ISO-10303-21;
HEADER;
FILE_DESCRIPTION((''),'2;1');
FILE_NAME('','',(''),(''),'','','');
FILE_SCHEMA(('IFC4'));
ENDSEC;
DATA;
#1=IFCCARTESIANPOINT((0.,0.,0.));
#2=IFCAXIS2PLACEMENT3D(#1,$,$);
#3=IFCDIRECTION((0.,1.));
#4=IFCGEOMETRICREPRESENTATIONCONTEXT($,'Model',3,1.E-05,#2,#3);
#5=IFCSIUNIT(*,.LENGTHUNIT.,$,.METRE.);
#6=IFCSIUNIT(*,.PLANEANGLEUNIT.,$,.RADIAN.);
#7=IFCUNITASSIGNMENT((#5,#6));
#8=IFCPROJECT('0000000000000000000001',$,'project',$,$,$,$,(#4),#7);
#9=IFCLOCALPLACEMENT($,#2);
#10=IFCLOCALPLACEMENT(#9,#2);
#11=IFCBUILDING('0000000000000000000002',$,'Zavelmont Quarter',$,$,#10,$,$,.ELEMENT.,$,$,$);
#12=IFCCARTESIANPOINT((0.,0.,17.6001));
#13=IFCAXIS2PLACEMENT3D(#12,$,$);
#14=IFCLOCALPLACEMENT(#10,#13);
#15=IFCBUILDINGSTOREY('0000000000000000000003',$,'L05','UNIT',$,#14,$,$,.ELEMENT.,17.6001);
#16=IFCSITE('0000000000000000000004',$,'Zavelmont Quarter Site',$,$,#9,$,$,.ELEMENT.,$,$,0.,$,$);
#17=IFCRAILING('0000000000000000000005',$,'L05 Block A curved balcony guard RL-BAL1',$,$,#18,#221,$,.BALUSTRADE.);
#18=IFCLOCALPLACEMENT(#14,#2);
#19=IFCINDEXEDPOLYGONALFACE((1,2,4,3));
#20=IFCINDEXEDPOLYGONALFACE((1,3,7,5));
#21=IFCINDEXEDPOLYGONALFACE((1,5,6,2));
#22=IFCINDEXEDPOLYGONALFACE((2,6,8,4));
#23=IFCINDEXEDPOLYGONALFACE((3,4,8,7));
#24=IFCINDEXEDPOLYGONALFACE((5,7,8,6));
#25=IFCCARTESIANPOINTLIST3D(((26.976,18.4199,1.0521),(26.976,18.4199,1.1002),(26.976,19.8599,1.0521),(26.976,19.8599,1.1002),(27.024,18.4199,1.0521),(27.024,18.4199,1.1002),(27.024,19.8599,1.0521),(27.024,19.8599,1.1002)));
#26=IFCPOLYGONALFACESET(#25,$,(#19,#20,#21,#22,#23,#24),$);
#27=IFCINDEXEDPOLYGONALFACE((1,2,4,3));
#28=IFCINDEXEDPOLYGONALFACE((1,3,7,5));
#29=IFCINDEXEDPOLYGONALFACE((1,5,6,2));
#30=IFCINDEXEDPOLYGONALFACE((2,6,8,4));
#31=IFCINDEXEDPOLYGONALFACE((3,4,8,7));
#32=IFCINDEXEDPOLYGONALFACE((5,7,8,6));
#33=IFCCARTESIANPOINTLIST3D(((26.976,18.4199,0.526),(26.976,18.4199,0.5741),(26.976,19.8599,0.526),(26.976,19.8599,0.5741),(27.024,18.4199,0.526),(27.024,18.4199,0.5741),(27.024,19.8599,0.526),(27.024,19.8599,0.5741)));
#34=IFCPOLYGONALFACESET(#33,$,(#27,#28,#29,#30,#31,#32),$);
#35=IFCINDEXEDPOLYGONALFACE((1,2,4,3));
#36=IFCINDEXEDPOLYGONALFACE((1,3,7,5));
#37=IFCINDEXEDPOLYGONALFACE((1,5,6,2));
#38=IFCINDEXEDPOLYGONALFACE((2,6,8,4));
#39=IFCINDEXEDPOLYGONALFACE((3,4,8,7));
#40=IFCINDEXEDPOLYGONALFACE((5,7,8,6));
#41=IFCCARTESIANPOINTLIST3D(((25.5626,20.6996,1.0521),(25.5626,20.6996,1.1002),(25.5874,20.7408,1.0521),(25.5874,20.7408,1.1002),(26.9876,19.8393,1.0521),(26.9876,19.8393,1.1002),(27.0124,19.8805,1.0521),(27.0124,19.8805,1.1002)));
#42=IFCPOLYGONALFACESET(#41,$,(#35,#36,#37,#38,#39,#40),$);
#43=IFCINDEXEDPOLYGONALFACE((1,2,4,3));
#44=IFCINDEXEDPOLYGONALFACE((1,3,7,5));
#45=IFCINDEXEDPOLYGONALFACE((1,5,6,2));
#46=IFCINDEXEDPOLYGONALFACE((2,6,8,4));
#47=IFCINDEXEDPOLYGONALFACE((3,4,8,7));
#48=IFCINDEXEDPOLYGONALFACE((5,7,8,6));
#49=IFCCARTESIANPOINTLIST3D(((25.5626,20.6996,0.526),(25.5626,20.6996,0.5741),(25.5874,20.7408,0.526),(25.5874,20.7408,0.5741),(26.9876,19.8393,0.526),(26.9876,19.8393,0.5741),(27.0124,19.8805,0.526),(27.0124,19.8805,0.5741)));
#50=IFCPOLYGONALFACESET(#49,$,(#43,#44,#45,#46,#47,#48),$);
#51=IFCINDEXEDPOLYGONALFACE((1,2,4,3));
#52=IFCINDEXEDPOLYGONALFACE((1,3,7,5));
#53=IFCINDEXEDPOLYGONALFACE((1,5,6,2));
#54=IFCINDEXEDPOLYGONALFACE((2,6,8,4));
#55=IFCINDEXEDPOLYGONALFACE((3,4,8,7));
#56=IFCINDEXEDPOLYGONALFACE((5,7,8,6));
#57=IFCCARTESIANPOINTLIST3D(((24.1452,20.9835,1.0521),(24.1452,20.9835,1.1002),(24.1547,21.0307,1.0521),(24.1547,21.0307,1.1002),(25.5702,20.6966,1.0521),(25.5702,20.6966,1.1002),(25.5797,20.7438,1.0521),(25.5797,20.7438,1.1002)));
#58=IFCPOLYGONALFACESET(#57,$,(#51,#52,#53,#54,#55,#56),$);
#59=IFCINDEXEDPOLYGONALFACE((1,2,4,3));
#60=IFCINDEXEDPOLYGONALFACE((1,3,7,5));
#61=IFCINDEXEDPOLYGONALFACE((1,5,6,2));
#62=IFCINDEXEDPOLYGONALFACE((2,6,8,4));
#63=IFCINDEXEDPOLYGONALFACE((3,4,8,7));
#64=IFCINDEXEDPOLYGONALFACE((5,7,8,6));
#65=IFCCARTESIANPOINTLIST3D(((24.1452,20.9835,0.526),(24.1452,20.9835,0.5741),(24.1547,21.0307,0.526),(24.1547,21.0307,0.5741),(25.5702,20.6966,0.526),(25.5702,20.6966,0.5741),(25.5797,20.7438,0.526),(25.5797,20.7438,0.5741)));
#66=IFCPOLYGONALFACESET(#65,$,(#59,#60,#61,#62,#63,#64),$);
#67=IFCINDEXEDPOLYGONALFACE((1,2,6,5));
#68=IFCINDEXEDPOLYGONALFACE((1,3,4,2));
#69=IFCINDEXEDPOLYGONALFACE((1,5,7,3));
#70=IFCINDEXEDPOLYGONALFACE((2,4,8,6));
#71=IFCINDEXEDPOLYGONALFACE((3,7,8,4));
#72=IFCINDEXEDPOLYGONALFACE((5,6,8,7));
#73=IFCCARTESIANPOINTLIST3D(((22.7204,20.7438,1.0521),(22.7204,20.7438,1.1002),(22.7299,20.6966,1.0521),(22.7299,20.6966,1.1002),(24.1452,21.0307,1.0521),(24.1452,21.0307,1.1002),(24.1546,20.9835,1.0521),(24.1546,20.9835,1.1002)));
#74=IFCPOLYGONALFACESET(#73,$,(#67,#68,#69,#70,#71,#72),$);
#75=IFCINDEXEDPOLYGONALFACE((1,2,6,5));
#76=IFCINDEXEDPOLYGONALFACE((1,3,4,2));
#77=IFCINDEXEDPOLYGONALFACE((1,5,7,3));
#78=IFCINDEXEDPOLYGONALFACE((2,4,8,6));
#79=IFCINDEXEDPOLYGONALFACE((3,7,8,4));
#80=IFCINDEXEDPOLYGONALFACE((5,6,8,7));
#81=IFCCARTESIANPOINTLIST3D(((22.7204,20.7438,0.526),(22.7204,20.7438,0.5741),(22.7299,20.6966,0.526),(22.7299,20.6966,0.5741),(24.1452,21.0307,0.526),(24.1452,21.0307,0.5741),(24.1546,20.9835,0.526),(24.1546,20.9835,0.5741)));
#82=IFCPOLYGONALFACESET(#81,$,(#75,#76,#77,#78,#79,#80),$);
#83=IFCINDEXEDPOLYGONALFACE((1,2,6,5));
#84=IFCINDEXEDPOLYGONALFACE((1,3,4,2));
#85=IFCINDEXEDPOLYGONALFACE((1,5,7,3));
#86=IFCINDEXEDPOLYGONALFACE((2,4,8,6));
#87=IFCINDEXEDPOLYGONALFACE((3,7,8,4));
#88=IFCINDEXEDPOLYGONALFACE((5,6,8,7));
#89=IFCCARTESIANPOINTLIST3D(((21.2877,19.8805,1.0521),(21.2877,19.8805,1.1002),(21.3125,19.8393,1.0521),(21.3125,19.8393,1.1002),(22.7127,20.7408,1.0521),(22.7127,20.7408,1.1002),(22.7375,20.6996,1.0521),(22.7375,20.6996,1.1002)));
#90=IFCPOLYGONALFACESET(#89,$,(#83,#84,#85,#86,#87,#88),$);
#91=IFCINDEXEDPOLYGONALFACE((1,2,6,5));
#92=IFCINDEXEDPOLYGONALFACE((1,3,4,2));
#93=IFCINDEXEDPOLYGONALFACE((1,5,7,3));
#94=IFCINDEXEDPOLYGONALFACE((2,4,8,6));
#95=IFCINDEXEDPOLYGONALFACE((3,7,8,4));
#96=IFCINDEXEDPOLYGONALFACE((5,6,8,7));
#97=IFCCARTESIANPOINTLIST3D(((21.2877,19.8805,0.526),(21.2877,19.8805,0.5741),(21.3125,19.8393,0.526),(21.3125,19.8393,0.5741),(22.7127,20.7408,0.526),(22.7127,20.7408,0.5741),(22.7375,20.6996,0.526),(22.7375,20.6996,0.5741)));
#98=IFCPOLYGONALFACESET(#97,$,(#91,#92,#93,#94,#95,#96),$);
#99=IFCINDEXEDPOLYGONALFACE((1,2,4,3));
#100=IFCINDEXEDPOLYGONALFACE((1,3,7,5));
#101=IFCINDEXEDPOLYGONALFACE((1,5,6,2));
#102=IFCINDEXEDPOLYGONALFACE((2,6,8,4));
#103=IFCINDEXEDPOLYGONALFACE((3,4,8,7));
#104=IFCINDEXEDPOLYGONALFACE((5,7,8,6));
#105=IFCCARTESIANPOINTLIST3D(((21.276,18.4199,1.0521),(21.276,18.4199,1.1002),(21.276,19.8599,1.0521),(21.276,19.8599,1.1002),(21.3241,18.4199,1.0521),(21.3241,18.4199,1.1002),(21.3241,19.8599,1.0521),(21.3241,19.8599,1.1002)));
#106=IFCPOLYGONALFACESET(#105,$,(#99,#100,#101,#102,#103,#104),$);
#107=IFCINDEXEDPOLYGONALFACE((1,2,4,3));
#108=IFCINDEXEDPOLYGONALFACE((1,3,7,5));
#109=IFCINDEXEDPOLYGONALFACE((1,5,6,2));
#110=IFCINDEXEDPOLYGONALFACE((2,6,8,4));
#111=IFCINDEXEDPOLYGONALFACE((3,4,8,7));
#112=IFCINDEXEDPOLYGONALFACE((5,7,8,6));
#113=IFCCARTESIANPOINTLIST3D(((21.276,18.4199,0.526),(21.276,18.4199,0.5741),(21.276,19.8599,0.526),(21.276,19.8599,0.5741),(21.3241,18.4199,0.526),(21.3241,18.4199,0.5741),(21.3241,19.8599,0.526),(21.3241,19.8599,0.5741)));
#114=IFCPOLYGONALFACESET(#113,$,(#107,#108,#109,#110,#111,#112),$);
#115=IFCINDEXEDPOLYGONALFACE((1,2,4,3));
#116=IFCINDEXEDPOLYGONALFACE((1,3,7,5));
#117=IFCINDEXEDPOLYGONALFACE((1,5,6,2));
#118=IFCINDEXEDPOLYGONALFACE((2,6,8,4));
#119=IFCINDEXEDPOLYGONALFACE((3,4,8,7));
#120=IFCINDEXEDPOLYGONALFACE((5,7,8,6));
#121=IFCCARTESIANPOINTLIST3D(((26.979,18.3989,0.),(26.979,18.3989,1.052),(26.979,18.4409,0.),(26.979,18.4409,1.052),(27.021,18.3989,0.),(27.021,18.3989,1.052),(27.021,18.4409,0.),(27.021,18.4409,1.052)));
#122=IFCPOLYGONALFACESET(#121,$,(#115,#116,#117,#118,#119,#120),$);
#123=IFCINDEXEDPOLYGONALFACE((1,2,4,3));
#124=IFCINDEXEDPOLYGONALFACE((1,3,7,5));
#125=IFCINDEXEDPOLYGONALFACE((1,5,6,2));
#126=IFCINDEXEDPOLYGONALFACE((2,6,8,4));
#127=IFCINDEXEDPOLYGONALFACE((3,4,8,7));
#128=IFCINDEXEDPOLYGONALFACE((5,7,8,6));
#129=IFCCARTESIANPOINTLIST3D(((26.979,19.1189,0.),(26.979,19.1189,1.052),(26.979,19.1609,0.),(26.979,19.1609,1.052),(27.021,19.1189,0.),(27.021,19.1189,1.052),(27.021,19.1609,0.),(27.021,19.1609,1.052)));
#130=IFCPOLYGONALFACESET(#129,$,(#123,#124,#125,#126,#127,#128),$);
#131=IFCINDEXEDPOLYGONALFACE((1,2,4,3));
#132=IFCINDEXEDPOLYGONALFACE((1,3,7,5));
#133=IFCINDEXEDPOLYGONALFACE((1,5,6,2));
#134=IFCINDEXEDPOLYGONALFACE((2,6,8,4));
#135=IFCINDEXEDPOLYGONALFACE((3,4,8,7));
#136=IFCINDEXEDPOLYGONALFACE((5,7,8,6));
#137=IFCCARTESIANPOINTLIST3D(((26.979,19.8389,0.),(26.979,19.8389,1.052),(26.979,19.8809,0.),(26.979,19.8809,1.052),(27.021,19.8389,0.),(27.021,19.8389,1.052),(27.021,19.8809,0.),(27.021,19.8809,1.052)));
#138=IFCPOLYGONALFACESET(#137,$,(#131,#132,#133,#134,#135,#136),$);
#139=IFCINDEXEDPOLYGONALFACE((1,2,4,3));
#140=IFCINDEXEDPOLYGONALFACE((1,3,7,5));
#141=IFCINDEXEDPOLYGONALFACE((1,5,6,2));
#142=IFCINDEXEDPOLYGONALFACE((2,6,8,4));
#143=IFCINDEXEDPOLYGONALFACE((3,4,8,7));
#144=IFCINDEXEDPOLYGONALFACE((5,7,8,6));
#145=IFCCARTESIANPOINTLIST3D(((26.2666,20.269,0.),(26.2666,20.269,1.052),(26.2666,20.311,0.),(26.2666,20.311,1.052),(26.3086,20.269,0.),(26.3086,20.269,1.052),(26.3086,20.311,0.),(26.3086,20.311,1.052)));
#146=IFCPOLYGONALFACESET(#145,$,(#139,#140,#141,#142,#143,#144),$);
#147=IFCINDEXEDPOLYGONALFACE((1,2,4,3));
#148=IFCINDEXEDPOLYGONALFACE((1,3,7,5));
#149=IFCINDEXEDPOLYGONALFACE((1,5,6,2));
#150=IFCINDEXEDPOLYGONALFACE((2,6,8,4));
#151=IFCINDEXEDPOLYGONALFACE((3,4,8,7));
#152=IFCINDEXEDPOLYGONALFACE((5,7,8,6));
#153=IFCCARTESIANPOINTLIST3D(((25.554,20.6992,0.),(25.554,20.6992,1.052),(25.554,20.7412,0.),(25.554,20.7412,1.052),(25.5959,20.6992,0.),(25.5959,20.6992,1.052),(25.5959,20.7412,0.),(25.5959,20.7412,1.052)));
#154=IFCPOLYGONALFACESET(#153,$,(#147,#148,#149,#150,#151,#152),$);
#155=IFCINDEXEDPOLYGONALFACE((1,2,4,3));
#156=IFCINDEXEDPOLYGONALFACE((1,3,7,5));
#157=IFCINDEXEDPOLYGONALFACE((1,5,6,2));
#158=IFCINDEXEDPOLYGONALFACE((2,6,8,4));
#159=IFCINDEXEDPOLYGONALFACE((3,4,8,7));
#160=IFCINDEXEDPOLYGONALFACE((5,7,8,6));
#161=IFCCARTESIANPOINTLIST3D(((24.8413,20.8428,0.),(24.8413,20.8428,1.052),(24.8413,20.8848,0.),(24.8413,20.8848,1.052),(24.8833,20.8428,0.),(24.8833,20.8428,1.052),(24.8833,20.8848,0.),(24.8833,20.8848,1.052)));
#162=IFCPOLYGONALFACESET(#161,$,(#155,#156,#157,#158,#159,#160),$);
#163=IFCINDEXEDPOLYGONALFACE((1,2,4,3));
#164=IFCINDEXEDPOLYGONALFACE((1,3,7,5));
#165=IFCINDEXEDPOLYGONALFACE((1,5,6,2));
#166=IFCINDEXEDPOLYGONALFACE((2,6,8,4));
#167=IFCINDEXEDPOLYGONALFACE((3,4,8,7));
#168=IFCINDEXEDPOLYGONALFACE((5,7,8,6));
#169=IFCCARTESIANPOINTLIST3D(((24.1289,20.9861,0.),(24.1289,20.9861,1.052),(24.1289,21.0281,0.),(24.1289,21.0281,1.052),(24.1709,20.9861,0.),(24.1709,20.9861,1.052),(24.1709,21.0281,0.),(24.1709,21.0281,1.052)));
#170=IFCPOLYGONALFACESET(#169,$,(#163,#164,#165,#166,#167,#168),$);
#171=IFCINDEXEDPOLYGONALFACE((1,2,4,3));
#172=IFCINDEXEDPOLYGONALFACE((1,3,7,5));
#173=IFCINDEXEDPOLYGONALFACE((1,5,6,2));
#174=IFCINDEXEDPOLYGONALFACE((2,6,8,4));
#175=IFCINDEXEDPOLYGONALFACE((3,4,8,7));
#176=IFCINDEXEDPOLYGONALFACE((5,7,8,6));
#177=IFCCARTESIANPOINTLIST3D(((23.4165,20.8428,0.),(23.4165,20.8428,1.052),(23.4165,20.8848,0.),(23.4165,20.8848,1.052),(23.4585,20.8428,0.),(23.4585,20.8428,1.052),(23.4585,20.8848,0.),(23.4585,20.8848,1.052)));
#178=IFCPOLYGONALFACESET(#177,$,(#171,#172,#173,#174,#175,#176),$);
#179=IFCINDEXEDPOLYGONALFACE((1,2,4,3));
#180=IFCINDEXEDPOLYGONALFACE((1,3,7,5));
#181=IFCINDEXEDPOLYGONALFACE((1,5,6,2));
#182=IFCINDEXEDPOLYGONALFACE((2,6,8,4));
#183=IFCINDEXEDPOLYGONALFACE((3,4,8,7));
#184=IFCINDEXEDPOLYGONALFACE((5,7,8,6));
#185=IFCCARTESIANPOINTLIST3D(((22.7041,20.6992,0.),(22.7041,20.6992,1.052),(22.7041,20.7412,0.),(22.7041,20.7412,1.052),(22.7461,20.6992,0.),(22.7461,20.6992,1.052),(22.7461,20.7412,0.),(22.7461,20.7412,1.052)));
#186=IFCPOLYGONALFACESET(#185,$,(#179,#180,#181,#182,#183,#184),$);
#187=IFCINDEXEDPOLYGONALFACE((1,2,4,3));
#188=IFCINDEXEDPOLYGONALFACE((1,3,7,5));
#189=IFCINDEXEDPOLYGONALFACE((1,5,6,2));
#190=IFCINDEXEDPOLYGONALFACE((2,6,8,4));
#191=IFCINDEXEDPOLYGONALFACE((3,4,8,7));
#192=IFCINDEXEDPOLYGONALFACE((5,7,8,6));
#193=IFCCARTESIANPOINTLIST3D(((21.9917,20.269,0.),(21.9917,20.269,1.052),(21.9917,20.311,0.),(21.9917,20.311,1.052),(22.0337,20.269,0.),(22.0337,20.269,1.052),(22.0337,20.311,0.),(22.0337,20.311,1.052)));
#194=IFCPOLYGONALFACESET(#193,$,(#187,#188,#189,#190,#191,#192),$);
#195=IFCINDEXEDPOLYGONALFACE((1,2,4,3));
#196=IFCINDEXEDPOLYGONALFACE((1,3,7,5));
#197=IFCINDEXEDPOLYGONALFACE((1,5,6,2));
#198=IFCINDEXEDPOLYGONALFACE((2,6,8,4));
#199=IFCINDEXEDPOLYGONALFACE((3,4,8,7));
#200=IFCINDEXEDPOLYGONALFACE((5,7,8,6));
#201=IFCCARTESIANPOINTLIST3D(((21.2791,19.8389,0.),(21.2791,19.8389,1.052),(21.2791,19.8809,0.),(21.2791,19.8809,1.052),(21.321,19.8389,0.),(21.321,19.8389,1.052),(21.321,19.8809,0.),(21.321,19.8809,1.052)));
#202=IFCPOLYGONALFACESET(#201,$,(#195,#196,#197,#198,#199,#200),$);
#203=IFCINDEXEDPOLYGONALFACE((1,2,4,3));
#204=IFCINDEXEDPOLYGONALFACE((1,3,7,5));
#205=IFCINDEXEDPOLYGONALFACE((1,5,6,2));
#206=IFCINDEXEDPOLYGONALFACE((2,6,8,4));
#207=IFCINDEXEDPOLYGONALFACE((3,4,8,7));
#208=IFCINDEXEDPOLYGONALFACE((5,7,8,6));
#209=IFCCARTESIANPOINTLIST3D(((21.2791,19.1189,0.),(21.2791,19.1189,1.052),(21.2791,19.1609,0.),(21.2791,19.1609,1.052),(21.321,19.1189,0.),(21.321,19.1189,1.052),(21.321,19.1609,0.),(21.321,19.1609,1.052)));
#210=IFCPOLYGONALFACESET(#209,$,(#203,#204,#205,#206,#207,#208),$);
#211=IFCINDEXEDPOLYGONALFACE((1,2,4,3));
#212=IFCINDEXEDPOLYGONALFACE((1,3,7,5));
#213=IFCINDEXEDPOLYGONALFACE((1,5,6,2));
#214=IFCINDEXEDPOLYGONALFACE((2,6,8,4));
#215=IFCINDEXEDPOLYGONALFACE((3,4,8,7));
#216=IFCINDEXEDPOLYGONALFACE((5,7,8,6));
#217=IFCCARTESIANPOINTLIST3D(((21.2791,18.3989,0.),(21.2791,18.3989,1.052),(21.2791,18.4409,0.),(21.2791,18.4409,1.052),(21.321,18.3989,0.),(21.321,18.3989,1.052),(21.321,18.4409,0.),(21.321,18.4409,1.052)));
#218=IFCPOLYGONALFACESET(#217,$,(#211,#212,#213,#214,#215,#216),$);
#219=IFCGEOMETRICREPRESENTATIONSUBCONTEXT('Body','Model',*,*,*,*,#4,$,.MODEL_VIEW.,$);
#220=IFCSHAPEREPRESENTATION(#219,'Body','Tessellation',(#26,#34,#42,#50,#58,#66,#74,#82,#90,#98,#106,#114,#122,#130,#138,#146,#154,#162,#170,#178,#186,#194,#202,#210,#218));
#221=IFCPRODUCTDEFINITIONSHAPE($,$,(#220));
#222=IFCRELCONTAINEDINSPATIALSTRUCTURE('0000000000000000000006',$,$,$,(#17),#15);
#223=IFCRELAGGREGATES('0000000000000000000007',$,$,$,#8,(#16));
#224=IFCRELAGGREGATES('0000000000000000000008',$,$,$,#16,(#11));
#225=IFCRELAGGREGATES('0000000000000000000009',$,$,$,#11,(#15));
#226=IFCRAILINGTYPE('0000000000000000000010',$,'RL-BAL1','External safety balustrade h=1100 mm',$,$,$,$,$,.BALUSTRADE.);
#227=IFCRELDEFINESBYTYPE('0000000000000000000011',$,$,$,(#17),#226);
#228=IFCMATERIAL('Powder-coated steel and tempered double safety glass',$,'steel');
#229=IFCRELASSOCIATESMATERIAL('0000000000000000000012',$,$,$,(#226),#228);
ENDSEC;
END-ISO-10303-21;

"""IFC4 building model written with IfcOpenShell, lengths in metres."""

from ifc_helpers import new_model, si_unit, direction, frame, origin, origin_2d, place, context, subcontext, project, spatial, rectangle, extrude, material, type_object, element, save


model = new_model("IFC4")

# Units and contexts
model_context = context("Model", 3, precision=1e-05, world=origin(), true_north=direction((0.0, 1.0)))
body_context = subcontext(model_context, "Body", "Model", "MODEL_VIEW")
ifc_project = project(units=[si_unit("LENGTHUNIT", "METRE"), si_unit("PLANEANGLEUNIT", "RADIAN")], contexts=[model_context])

# Site, building, storey
site_placement = place(None, origin())
site = spatial("IfcSite", under=ifc_project, at=site_placement, Name="Zavelmont Quarter Site", CompositionType="ELEMENT", RefElevation=0.0)
building_placement = place(site_placement, origin())
building = spatial("IfcBuilding", under=site, at=building_placement, Name="Zavelmont Quarter", CompositionType="ELEMENT")
storey_placement = place(building_placement, frame((0.0, 0.0, 17.6001)))
storey = spatial("IfcBuildingStorey", under=building, at=storey_placement, Name="L05", Description="UNIT", CompositionType="ELEMENT", Elevation=17.6001)

# Railing
ifc_material_1 = material(Name="Powder-coated steel and tempered double safety glass", Category="steel")
railing_type = type_object("IfcRailingType", Name="RL-BAL1", Description="External safety balustrade h=1100 mm", PredefinedType="BALUSTRADE", material=ifc_material_1)
railing_placement = place(storey_placement, frame((27.0, 18.4199, 0.0)))
element("IfcRailing", 1, at=railing_placement, inside=storey, type_object=railing_type, Name="L05 Block A curved balcony guard RL-BAL1", PredefinedType="BALUSTRADE", context=body_context, shape_type="SweptSolid", body=[
    extrude(rectangle(XDim=0.0481, YDim=0.0481, at=origin_2d()), frame((0.0, 0.0, 1.0762), z_axis=(0.0, 1.0, 0.0), x_axis=(-1.0, 0.0, 0.0)), (0.0, 0.0, 1.0), 1.4399),
    extrude(rectangle(XDim=0.0481, YDim=0.0481, at=origin_2d()), frame((0.0, 0.0, 0.55), z_axis=(0.0, 1.0, 0.0), x_axis=(-1.0, 0.0, 0.0)), (0.0, 0.0, 1.0), 1.4399),
    extrude(rectangle(XDim=0.0481, YDim=0.0481, at=origin_2d()), frame((0.0, 1.4399, 1.0762), z_axis=(-0.856079, 0.516845, 0.0), x_axis=(-0.516845, -0.856079, 0.0)), (0.0, 0.0, 1.0), 1.6646),
    extrude(rectangle(XDim=0.0481, YDim=0.0481, at=origin_2d()), frame((0.0, 1.4399, 0.55), z_axis=(-0.856079, 0.516845, 0.0), x_axis=(-0.516845, -0.856079, 0.0)), (0.0, 0.0, 1.0), 1.6646),
    extrude(rectangle(XDim=0.0481, YDim=0.0481, at=origin_2d()), frame((-1.425, 2.3003, 1.0762), z_axis=(-0.980334, 0.197343, 0.0), x_axis=(-0.197343, -0.980334, 0.0)), (0.0, 0.0, 1.0), 1.4536),
    extrude(rectangle(XDim=0.0481, YDim=0.0481, at=origin_2d()), frame((-1.425, 2.3003, 0.55), z_axis=(-0.980334, 0.197343, 0.0), x_axis=(-0.197343, -0.980334, 0.0)), (0.0, 0.0, 1.0), 1.4536),
    extrude(rectangle(XDim=0.0481, YDim=0.0481, at=origin_2d()), frame((-2.8501, 2.5872, 1.0762), z_axis=(-0.980328, -0.197376, 0.0), x_axis=(0.197376, -0.980328, 0.0)), (0.0, 0.0, 1.0), 1.4534),
    extrude(rectangle(XDim=0.0481, YDim=0.0481, at=origin_2d()), frame((-2.8501, 2.5872, 0.55), z_axis=(-0.980328, -0.197376, 0.0), x_axis=(0.197376, -0.980328, 0.0)), (0.0, 0.0, 1.0), 1.4534),
    extrude(rectangle(XDim=0.0481, YDim=0.0481, at=origin_2d()), frame((-4.2749, 2.3003, 1.0762), z_axis=(-0.856079, -0.516845, 0.0), x_axis=(0.516845, -0.856079, 0.0)), (0.0, 0.0, 1.0), 1.6646),
    extrude(rectangle(XDim=0.0481, YDim=0.0481, at=origin_2d()), frame((-4.2749, 2.3003, 0.55), z_axis=(-0.856079, -0.516845, 0.0), x_axis=(0.516845, -0.856079, 0.0)), (0.0, 0.0, 1.0), 1.6646),
    extrude(rectangle(XDim=0.0481, YDim=0.0481, at=origin_2d()), frame((-5.7, 1.4399, 1.0762), z_axis=(0.0, -1.0, 0.0), x_axis=(1.0, 0.0, 0.0)), (0.0, 0.0, 1.0), 1.4399),
    extrude(rectangle(XDim=0.0481, YDim=0.0481, at=origin_2d()), frame((-5.7, 1.4399, 0.55), z_axis=(0.0, -1.0, 0.0), x_axis=(1.0, 0.0, 0.0)), (0.0, 0.0, 1.0), 1.4399),
    extrude(rectangle(XDim=0.042, YDim=0.042, at=origin_2d()), origin(), (0.0, 0.0, 1.0), 1.052),
    extrude(rectangle(XDim=0.042, YDim=0.042, at=origin_2d()), frame((0.0, 0.72, 0.0)), (0.0, 0.0, 1.0), 1.052),
    extrude(rectangle(XDim=0.042, YDim=0.042, at=origin_2d()), frame((0.0, 1.4399, 0.0)), (0.0, 0.0, 1.0), 1.052),
    extrude(rectangle(XDim=0.042, YDim=0.042, at=origin_2d()), frame((-0.7124, 1.8701, 0.0)), (0.0, 0.0, 1.0), 1.052),
    extrude(rectangle(XDim=0.042, YDim=0.042, at=origin_2d()), frame((-1.425, 2.3003, 0.0)), (0.0, 0.0, 1.0), 1.052),
    extrude(rectangle(XDim=0.042, YDim=0.042, at=origin_2d()), frame((-2.1377, 2.4438, 0.0)), (0.0, 0.0, 1.0), 1.052),
    extrude(rectangle(XDim=0.042, YDim=0.042, at=origin_2d()), frame((-2.8501, 2.5872, 0.0)), (0.0, 0.0, 1.0), 1.052),
    extrude(rectangle(XDim=0.042, YDim=0.042, at=origin_2d()), frame((-3.5625, 2.4438, 0.0)), (0.0, 0.0, 1.0), 1.052),
    extrude(rectangle(XDim=0.042, YDim=0.042, at=origin_2d()), frame((-4.2749, 2.3003, 0.0)), (0.0, 0.0, 1.0), 1.052),
    extrude(rectangle(XDim=0.042, YDim=0.042, at=origin_2d()), frame((-4.9873, 1.8701, 0.0)), (0.0, 0.0, 1.0), 1.052),
    extrude(rectangle(XDim=0.042, YDim=0.042, at=origin_2d()), frame((-5.7, 1.4399, 0.0)), (0.0, 0.0, 1.0), 1.052),
    extrude(rectangle(XDim=0.042, YDim=0.042, at=origin_2d()), frame((-5.7, 0.72, 0.0)), (0.0, 0.0, 1.0), 1.052),
    extrude(rectangle(XDim=0.042, YDim=0.042, at=origin_2d()), frame((-5.7, 0.0, 0.0)), (0.0, 0.0, 1.0), 1.052),
])

save(model, "model.ifc")
